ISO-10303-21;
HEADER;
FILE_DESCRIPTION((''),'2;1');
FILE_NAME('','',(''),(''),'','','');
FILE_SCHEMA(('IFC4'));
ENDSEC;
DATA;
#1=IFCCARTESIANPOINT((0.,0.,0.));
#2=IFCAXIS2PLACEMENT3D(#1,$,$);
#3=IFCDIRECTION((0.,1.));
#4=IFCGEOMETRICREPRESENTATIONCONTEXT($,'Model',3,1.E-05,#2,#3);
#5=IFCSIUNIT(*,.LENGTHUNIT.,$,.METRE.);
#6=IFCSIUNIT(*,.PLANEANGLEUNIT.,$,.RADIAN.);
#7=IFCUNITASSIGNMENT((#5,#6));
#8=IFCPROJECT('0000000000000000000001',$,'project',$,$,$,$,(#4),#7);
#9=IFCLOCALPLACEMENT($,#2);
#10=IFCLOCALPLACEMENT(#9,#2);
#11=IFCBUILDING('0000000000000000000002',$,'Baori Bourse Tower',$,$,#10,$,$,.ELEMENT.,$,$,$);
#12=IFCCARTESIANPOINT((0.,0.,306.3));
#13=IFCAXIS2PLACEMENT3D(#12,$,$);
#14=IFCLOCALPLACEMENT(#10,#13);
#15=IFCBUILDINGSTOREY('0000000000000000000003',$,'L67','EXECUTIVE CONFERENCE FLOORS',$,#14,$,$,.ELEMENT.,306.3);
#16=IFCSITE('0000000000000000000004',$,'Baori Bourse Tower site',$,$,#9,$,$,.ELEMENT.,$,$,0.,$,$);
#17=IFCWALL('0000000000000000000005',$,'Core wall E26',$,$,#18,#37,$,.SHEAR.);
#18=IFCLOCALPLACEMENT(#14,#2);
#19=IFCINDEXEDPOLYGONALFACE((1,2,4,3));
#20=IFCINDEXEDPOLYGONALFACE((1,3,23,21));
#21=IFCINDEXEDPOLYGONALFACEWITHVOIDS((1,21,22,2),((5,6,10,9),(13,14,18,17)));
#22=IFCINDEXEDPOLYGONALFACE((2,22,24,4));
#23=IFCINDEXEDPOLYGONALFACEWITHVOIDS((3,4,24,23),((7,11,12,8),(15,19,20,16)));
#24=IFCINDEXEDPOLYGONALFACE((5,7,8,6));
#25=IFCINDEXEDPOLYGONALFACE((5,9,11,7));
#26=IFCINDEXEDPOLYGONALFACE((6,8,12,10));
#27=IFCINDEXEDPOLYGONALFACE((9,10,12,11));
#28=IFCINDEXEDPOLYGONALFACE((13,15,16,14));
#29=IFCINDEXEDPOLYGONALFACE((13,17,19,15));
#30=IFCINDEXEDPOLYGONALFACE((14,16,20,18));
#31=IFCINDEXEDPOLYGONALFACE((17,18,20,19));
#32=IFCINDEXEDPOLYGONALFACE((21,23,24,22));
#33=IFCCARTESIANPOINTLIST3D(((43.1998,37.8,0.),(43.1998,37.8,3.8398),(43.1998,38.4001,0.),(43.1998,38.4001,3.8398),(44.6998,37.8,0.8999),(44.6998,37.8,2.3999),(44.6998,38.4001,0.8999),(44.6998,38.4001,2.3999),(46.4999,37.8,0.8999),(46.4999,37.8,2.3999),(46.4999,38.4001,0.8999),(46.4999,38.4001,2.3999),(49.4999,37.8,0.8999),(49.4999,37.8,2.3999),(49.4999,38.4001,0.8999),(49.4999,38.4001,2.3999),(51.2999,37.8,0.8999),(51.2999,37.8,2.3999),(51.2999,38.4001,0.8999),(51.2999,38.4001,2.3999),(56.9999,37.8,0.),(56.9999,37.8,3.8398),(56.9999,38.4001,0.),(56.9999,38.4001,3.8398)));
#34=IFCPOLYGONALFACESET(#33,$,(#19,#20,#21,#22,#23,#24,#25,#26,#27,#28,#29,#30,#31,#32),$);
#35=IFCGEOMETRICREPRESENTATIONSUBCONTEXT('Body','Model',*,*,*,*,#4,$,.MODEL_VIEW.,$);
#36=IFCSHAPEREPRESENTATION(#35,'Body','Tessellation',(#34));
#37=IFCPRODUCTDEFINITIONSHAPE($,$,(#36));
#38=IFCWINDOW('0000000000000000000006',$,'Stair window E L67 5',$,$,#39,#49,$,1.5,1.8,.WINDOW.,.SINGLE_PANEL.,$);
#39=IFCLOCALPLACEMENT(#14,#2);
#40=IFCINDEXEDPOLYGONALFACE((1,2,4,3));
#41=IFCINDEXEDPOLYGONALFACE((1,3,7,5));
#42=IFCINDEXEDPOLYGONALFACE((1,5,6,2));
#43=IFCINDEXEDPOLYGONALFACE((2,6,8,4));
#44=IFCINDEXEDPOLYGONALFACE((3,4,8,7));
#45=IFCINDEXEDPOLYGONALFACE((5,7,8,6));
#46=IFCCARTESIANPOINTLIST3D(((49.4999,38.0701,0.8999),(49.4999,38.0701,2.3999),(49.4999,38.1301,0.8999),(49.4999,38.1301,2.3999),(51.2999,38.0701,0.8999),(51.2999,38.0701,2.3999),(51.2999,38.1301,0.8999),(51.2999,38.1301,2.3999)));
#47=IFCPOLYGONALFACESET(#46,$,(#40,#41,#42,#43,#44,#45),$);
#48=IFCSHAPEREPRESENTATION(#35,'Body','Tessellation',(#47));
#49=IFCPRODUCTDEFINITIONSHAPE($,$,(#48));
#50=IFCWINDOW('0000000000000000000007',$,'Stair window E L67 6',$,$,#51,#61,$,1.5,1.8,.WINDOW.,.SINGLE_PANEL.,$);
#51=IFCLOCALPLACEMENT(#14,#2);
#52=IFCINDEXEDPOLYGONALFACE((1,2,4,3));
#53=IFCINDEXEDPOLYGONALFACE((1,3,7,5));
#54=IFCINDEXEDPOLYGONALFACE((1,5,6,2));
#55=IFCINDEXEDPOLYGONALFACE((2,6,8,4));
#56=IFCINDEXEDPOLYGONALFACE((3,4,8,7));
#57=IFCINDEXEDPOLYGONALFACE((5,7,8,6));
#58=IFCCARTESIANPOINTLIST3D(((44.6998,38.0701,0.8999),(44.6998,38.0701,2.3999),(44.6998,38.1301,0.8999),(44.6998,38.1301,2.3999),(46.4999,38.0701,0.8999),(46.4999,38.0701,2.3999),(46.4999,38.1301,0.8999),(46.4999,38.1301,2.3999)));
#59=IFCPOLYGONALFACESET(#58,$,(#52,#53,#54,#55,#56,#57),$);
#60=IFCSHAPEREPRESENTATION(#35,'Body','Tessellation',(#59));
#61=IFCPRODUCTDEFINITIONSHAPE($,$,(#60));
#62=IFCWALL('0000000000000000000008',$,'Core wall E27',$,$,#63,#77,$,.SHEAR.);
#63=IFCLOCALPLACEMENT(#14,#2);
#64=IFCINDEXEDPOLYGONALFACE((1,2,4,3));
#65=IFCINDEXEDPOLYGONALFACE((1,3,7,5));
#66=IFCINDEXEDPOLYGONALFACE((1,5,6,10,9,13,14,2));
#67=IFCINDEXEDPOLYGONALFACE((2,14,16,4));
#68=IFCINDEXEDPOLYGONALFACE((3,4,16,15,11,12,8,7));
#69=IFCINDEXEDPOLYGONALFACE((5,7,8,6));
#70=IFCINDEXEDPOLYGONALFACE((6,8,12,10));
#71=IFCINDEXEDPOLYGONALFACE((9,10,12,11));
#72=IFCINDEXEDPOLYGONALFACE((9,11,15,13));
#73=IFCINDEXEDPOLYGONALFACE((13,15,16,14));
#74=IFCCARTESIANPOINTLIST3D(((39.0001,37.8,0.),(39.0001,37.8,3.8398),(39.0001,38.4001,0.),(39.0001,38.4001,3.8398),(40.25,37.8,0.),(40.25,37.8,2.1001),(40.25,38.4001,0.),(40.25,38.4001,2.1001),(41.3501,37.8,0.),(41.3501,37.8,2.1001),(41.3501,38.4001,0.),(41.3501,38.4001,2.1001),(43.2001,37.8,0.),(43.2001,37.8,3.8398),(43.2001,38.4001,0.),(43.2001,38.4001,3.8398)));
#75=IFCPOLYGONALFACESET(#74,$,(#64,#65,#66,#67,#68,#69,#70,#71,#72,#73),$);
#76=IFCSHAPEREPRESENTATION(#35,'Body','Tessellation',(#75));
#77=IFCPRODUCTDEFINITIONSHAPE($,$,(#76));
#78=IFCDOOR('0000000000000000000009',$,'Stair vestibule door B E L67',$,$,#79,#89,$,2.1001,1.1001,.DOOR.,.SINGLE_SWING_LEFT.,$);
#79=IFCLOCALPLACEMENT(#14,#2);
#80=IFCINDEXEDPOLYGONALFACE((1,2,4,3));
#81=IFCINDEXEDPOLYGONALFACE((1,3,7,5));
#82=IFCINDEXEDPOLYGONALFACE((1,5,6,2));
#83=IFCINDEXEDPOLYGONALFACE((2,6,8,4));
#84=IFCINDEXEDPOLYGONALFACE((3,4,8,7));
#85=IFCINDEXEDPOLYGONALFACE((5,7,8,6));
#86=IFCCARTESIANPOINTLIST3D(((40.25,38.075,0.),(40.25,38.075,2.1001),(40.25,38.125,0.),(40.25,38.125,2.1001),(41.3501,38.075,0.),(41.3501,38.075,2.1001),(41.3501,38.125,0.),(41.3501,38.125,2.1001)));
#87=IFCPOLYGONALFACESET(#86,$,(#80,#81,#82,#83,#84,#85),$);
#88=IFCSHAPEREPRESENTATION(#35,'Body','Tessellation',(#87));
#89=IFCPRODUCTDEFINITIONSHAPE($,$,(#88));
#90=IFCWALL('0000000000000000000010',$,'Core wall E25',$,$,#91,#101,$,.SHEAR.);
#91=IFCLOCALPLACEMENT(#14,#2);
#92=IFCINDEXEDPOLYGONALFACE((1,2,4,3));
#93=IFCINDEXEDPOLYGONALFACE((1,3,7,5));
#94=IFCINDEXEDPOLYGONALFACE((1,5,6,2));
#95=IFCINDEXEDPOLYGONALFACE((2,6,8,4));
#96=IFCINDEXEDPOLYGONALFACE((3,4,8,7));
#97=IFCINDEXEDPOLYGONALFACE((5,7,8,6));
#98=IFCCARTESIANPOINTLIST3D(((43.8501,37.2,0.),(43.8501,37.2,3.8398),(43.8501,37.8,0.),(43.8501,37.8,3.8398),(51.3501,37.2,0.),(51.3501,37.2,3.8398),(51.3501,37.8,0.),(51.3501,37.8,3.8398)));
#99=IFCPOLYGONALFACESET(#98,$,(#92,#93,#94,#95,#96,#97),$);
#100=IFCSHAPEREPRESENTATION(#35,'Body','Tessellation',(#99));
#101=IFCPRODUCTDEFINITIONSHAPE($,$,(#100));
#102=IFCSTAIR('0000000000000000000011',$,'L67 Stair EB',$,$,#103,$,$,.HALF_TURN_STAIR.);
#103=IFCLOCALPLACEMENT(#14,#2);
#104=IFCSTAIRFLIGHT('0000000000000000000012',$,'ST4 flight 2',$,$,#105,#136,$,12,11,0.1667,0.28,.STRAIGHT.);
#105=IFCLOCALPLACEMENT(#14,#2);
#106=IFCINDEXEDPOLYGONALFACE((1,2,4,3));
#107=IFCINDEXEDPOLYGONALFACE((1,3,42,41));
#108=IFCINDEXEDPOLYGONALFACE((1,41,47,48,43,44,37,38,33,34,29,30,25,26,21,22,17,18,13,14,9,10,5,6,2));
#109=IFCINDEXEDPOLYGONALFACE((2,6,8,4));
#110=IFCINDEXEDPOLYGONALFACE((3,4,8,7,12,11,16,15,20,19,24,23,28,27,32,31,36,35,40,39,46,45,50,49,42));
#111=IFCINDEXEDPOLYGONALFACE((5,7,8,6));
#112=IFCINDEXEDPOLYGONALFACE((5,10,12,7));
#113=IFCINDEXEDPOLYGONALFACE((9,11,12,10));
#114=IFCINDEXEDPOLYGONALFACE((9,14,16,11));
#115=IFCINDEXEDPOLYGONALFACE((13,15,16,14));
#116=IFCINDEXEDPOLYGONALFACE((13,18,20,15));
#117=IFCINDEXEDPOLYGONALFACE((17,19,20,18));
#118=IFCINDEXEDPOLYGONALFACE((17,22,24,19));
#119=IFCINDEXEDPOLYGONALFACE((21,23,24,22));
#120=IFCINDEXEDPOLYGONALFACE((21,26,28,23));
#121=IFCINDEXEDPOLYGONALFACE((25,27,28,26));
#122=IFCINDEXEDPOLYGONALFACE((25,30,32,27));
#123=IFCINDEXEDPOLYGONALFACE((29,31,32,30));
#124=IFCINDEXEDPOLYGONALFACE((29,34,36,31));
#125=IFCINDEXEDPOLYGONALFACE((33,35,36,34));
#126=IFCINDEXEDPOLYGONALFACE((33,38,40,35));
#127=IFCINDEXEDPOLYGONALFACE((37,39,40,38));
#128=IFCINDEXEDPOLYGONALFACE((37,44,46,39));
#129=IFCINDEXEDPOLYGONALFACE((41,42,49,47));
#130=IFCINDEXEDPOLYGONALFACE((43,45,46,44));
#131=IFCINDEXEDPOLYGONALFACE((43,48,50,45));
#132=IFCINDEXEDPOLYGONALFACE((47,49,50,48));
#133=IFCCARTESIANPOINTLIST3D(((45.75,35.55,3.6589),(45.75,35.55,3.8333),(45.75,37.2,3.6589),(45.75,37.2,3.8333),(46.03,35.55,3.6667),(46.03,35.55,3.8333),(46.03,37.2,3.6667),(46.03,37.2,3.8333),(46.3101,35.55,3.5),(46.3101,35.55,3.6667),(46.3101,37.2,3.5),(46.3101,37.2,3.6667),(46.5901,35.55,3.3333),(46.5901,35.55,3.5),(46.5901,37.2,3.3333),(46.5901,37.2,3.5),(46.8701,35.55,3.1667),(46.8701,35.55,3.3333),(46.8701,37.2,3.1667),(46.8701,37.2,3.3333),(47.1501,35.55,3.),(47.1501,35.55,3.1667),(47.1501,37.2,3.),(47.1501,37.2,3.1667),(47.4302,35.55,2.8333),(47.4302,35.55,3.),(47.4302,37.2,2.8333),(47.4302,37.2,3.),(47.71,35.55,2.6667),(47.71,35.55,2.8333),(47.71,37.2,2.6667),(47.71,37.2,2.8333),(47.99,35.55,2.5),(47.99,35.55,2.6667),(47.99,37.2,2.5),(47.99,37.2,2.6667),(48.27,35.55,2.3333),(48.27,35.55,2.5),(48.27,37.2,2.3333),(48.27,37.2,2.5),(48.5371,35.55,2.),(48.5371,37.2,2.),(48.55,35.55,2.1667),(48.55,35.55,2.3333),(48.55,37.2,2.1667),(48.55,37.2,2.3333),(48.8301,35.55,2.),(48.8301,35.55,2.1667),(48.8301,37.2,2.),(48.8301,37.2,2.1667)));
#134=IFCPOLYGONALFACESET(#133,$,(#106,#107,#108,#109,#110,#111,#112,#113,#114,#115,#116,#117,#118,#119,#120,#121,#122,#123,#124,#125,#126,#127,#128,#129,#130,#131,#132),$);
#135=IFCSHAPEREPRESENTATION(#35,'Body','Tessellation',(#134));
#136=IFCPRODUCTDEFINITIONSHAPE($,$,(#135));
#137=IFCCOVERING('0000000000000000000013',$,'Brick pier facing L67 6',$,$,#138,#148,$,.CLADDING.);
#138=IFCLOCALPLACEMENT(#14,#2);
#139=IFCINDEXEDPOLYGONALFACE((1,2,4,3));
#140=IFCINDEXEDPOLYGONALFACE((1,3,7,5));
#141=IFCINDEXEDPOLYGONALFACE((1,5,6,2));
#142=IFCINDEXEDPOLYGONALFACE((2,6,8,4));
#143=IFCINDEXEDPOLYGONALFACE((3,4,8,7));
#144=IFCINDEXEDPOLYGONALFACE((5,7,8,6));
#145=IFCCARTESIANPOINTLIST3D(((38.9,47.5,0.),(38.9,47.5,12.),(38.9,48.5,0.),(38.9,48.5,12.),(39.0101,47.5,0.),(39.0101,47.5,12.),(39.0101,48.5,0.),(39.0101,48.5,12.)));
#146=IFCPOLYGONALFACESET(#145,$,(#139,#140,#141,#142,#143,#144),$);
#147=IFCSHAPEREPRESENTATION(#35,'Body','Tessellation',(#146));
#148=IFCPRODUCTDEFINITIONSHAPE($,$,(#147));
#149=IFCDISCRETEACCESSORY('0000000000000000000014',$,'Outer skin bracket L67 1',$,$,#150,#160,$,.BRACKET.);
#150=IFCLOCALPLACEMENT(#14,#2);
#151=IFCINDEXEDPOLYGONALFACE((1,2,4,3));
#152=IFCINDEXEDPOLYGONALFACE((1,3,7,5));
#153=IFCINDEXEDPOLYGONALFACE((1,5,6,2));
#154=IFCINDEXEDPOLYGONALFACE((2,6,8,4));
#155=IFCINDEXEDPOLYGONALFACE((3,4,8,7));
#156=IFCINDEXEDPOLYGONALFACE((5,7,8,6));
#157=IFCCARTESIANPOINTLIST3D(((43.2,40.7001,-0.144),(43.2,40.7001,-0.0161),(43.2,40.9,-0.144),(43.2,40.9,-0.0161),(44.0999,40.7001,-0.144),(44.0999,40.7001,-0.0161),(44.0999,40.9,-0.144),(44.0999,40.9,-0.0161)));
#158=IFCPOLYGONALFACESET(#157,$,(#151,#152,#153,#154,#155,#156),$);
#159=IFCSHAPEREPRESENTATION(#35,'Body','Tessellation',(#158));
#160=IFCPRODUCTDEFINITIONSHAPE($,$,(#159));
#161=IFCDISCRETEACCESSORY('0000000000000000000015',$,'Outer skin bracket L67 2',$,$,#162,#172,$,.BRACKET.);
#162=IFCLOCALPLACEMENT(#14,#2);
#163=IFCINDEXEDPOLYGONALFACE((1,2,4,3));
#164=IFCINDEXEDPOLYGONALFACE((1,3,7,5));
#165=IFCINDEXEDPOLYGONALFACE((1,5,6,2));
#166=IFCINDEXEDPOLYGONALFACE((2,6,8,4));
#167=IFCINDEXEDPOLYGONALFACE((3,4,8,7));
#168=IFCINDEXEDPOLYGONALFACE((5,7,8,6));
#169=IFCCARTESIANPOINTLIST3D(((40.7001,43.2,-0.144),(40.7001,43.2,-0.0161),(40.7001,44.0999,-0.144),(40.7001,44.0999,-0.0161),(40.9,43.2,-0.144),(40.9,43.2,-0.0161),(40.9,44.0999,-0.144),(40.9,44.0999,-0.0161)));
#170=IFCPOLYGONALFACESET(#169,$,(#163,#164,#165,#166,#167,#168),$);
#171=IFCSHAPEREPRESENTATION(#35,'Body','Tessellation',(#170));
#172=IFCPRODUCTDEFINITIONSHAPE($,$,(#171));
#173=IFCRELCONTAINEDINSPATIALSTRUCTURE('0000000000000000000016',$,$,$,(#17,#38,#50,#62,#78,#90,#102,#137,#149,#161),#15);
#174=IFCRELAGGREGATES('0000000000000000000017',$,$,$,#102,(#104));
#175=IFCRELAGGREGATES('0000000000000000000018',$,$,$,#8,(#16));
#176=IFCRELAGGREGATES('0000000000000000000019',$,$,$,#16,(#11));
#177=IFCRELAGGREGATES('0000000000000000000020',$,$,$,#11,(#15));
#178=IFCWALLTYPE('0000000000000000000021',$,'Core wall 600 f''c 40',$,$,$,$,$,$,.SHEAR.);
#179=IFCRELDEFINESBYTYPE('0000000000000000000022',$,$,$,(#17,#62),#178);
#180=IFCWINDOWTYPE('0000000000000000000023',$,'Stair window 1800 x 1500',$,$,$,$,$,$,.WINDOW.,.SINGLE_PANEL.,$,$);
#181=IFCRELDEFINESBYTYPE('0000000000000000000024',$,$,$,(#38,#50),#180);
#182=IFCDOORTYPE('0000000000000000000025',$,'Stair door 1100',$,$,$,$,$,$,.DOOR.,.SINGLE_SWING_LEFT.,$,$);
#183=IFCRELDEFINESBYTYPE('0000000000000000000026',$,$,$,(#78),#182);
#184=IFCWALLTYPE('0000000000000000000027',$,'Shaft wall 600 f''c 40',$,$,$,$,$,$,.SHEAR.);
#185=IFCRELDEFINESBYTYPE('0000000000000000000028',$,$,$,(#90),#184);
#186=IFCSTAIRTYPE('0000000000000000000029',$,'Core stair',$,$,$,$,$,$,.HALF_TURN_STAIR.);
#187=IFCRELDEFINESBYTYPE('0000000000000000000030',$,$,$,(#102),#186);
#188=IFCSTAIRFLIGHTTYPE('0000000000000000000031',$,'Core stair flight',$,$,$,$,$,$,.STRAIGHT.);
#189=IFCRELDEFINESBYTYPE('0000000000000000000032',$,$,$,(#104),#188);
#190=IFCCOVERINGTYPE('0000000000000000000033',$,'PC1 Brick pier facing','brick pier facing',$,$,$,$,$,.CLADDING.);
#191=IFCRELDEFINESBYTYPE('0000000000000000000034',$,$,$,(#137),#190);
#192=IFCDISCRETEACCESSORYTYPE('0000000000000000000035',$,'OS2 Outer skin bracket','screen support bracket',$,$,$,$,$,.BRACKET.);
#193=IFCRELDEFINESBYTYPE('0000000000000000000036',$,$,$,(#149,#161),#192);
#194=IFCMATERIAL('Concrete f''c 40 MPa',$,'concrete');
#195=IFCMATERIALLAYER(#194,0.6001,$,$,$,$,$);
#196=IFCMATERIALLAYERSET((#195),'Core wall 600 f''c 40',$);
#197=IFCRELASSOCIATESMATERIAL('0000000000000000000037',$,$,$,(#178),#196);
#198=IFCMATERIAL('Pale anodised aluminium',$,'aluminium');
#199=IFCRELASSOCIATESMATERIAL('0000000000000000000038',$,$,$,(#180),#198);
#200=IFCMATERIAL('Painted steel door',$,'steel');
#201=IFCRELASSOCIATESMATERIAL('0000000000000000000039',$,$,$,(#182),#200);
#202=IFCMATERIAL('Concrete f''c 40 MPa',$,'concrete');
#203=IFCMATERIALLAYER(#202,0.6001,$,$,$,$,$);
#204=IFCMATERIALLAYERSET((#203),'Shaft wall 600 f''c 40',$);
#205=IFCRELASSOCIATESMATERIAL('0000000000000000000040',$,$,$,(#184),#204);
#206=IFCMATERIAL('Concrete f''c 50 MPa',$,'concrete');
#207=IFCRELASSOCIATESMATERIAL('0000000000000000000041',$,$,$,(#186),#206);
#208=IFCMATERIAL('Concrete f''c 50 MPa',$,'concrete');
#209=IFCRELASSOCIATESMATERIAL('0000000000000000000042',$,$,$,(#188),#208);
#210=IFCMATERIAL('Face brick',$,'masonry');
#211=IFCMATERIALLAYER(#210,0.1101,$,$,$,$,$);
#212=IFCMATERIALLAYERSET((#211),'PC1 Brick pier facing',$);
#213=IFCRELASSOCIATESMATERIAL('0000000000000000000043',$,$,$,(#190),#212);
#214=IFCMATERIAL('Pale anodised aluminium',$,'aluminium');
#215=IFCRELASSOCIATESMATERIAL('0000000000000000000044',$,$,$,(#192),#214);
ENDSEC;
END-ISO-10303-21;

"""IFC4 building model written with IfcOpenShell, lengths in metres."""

from ifc_helpers import new_model, si_unit, direction, frame, frame_2d, origin, origin_2d, place, context, subcontext, project, spatial, polyline, rectangle, outline, extrude, material, layer, layer_set, type_object, element, fill, aggregate, save


model = new_model("IFC4")

# Units and contexts
model_context = context("Model", 3, precision=1e-05, world=origin(), true_north=direction((0.0, 1.0)))
body_context = subcontext(model_context, "Body", "Model", "MODEL_VIEW")
ifc_project = project(units=[si_unit("LENGTHUNIT", "METRE"), si_unit("PLANEANGLEUNIT", "RADIAN")], contexts=[model_context])

# Site, building, storey
site_placement = place(None, origin())
site = spatial("IfcSite", under=ifc_project, at=site_placement, Name="Baori Bourse Tower site", CompositionType="ELEMENT", RefElevation=0.0)
building_placement = place(site_placement, origin())
building = spatial("IfcBuilding", under=site, at=building_placement, Name="Baori Bourse Tower", CompositionType="ELEMENT")
storey_placement = place(building_placement, frame((0.0, 0.0, 306.3)))
storey = spatial("IfcBuildingStorey", under=building, at=storey_placement, Name="L67", Description="EXECUTIVE CONFERENCE FLOORS", CompositionType="ELEMENT", Elevation=306.3)

# Wall, openings, windows
ifc_material_1 = material(Name="Concrete f'c 40 MPa", Category="concrete")
ifc_layer_1 = layer(ifc_material_1, 0.6001)
ifc_layer_set_1 = layer_set([ifc_layer_1], Name="Core wall 600 f'c 40")
wall_type_1 = type_object("IfcWallType", Name="Core wall 600 f'c 40", PredefinedType="SHEAR", material=ifc_layer_set_1)
wall_1_placement = place(storey_placement, frame((43.2, 38.1001, 0.0), z_axis=(0.0, 0.0, 1.0), x_axis=(1.0, 0.0, 0.0)))
wall_1 = element("IfcWall", 1, at=wall_1_placement, inside=storey, type_object=wall_type_1, Name="Core wall E26", PredefinedType="SHEAR", context=body_context, shape_type="SweptSolid", body=[
    extrude(rectangle(XDim=13.8, YDim=0.6001, at=frame_2d((6.8999, 0.0))), origin(), (0.0, 0.0, 1.0), 3.8398),
])
opening_1_placement = place(wall_1_placement, frame((6.3, 0.0, 0.8999)))
opening_1 = element("IfcOpeningElement", 2, at=opening_1_placement, cuts=wall_1, PredefinedType="OPENING", context=body_context, shape_type="SweptSolid", body=[
    extrude(rectangle(XDim=1.8, YDim=1.5, at=frame_2d((0.8999, 0.75))), frame((0.0, 0.3101, 0.0), z_axis=(0.0, -1.0, 0.0), x_axis=(1.0, 0.0, 0.0)), (0.0, 0.0, 1.0), 0.6201),
])
opening_2_placement = place(wall_1_placement, frame((1.5, 0.0, 0.8999)))
opening_2 = element("IfcOpeningElement", 3, at=opening_2_placement, cuts=wall_1, PredefinedType="OPENING", context=body_context, shape_type="SweptSolid", body=[
    extrude(rectangle(XDim=1.8, YDim=1.5, at=frame_2d((0.8999, 0.75))), frame((0.0, 0.3101, 0.0), z_axis=(0.0, -1.0, 0.0), x_axis=(1.0, 0.0, 0.0)), (0.0, 0.0, 1.0), 0.6201),
])
ifc_material_2 = material(Name="Pale anodised aluminium", Category="aluminium")
window_type_1 = type_object("IfcWindowType", Name="Stair window 1800 x 1500", PartitioningType="SINGLE_PANEL", PredefinedType="WINDOW", material=ifc_material_2)
window_1_placement = place(opening_1_placement, origin())
window_1 = element("IfcWindow", 4, at=window_1_placement, inside=storey, type_object=window_type_1, Name="Stair window E L67 5", OverallHeight=1.5, OverallWidth=1.8, PartitioningType="SINGLE_PANEL", PredefinedType="WINDOW", context=body_context, shape_type="SweptSolid", body=[
    extrude(rectangle(XDim=1.8, YDim=1.5, at=frame_2d((0.8999, 0.75))), frame((0.0, 0.03, 0.0), z_axis=(0.0, -1.0, 0.0), x_axis=(1.0, 0.0, 0.0)), (0.0, 0.0, 1.0), 0.0601),
])
fill(opening_1, window_1)
window_2_placement = place(opening_2_placement, origin())
window_2 = element("IfcWindow", 5, at=window_2_placement, inside=storey, type_object=window_type_1, Name="Stair window E L67 6", OverallHeight=1.5, OverallWidth=1.8, PartitioningType="SINGLE_PANEL", PredefinedType="WINDOW", context=body_context, shape_type="SweptSolid", body=[
    extrude(rectangle(XDim=1.8, YDim=1.5, at=frame_2d((0.8999, 0.75))), frame((0.0, 0.03, 0.0), z_axis=(0.0, -1.0, 0.0), x_axis=(1.0, 0.0, 0.0)), (0.0, 0.0, 1.0), 0.0601),
])
fill(opening_2, window_2)

# Wall, opening, door
wall_2_placement = place(storey_placement, frame((39.0, 38.1001, 0.0), z_axis=(0.0, 0.0, 1.0), x_axis=(1.0, 0.0, 0.0)))
wall_2 = element("IfcWall", 6, at=wall_2_placement, inside=storey, type_object=wall_type_1, Name="Core wall E27", PredefinedType="SHEAR", context=body_context, shape_type="SweptSolid", body=[
    extrude(rectangle(XDim=4.2, YDim=0.6001, at=frame_2d((2.1001, 0.0))), origin(), (0.0, 0.0, 1.0), 3.8398),
])
opening_3_placement = place(wall_2_placement, frame((1.25, 0.0, 0.0)))
opening_3 = element("IfcOpeningElement", 7, at=opening_3_placement, cuts=wall_2, PredefinedType="OPENING", context=body_context, shape_type="SweptSolid", body=[
    extrude(rectangle(XDim=1.1001, YDim=2.1001, at=frame_2d((0.55, 1.05))), frame((0.0, 0.3101, 0.0), z_axis=(0.0, -1.0, 0.0), x_axis=(1.0, 0.0, 0.0)), (0.0, 0.0, 1.0), 0.6201),
])
ifc_material_3 = material(Name="Painted steel door", Category="steel")
door_type = type_object("IfcDoorType", Name="Stair door 1100", OperationType="SINGLE_SWING_LEFT", PredefinedType="DOOR", material=ifc_material_3)
door_placement = place(opening_3_placement, origin())
door = element("IfcDoor", 8, at=door_placement, inside=storey, type_object=door_type, Name="Stair vestibule door B E L67", OperationType="SINGLE_SWING_LEFT", OverallHeight=2.1001, OverallWidth=1.1001, PredefinedType="DOOR", context=body_context, shape_type="SweptSolid", body=[
    extrude(rectangle(XDim=1.1001, YDim=2.1001, at=frame_2d((0.55, 1.05))), frame((0.0, 0.0249, 0.0), z_axis=(0.0, -1.0, 0.0), x_axis=(1.0, 0.0, 0.0)), (0.0, 0.0, 1.0), 0.05),
])
fill(opening_3, door)

# Wall
ifc_material_4 = material(Name="Concrete f'c 40 MPa", Category="concrete")
ifc_layer_2 = layer(ifc_material_4, 0.6001)
ifc_layer_set_2 = layer_set([ifc_layer_2], Name="Shaft wall 600 f'c 40")
wall_type_2 = type_object("IfcWallType", Name="Shaft wall 600 f'c 40", PredefinedType="SHEAR", material=ifc_layer_set_2)
wall_3_placement = place(storey_placement, frame((43.8501, 37.5, 0.0), z_axis=(0.0, 0.0, 1.0), x_axis=(1.0, 0.0, 0.0)))
element("IfcWall", 9, at=wall_3_placement, inside=storey, type_object=wall_type_2, Name="Core wall E25", PredefinedType="SHEAR", context=body_context, shape_type="SweptSolid", body=[
    extrude(rectangle(XDim=7.5, YDim=0.6001, at=frame_2d((3.75, 0.0))), origin(), (0.0, 0.0, 1.0), 3.8398),
])

# Stair, stair flight
ifc_material_5 = material(Name="Concrete f'c 50 MPa", Category="concrete")
stair_type = type_object("IfcStairType", Name="Core stair", PredefinedType="HALF_TURN_STAIR", material=ifc_material_5)
stair_placement = place(storey_placement, origin())
stair = element("IfcStair", 10, at=stair_placement, inside=storey, type_object=stair_type, Name="L67 Stair EB", PredefinedType="HALF_TURN_STAIR")
ifc_material_6 = material(Name="Concrete f'c 50 MPa", Category="concrete")
stair_flight_type = type_object("IfcStairFlightType", Name="Core stair flight", PredefinedType="STRAIGHT", material=ifc_material_6)
stair_flight_placement = place(storey_placement, frame((48.8301, 36.375, 2.0), z_axis=(0.0, 0.0, 1.0), x_axis=(-1.0, 0.0, 0.0)))
stair_flight = element("IfcStairFlight", 11, at=stair_flight_placement, type_object=stair_flight_type, Name="ST4 flight 2", NumberOfRisers=12, NumberOfTreads=11, PredefinedType="STRAIGHT", RiserHeight=0.1667, TreadLength=0.28, context=body_context, shape_type="SweptSolid", body=[
    extrude(outline(polyline([(0.0, 0.0), (0.0, 0.1667), (0.28, 0.1667), (0.28, 0.3333), (0.5601, 0.3333), (0.5601, 0.5), (0.8401, 0.5), (0.8401, 0.6667), (1.1201, 0.6667), (1.1201, 0.8333), (1.3999, 0.8333), (1.3999, 1.0), (1.6799, 1.0), (1.6799, 1.1667), (1.96, 1.1667), (1.96, 1.3333), (2.24, 1.3333), (2.24, 1.5), (2.52, 1.5), (2.52, 1.6667), (2.8, 1.6667), (2.8, 1.8333), (3.0801, 1.8333), (3.0801, 2.0), (3.0801, 1.6589), (0.293, 0.0), (0.0, 0.0)])), frame((0.0, 0.825, 0.0), z_axis=(0.0, -1.0, 0.0), x_axis=(1.0, 0.0, 0.0)), (0.0, 0.0, 1.0), 1.6499),
])
aggregate(stair, [stair_flight])

# Covering
ifc_material_7 = material(Name="Face brick", Category="masonry")
ifc_layer_3 = layer(ifc_material_7, 0.1101)
ifc_layer_set_3 = layer_set([ifc_layer_3], Name="PC1 Brick pier facing")
covering_type = type_object("IfcCoveringType", Name="PC1 Brick pier facing", Description="brick pier facing", PredefinedType="CLADDING", material=ifc_layer_set_3)
covering_placement = place(storey_placement, frame((38.9551, 48.0, 0.0), z_axis=(0.0, 0.0, 1.0), x_axis=(1.0, 0.0, 0.0)))
element("IfcCovering", 12, at=covering_placement, inside=storey, type_object=covering_type, Name="Brick pier facing L67 6", PredefinedType="CLADDING", context=body_context, shape_type="SweptSolid", body=[
    extrude(rectangle(XDim=0.1101, YDim=1.0, at=origin_2d()), origin(), (0.0, 0.0, 1.0), 12.0),
])

# Discrete accessories
ifc_material_8 = material(Name="Pale anodised aluminium", Category="aluminium")
discrete_accessory_type = type_object("IfcDiscreteAccessoryType", Name="OS2 Outer skin bracket", Description="screen support bracket", PredefinedType="BRACKET", material=ifc_material_8)
for number, where, z_axis, x_axis, name in (
    (13, (43.6499, 40.8, -0.144), (0.0, 0.0, 1.0), (0.0, 1.0, 0.0), "Outer skin bracket L67 1"),
    (14, (40.8, 43.6499, -0.144), (0.0, 0.0, 1.0), (-1.0, 0.0, 0.0), "Outer skin bracket L67 2"),
):
    element("IfcDiscreteAccessory", number, at=place(storey_placement, frame(where, z_axis=z_axis, x_axis=x_axis)), inside=storey, type_object=discrete_accessory_type, Name=name, PredefinedType="BRACKET", context=body_context, shape_type="SweptSolid", body=[
        extrude(rectangle(XDim=0.2, YDim=0.8999, at=origin_2d()), origin(), (0.0, 0.0, 1.0), 0.1279),
    ])

save(model, "model.ifc")
